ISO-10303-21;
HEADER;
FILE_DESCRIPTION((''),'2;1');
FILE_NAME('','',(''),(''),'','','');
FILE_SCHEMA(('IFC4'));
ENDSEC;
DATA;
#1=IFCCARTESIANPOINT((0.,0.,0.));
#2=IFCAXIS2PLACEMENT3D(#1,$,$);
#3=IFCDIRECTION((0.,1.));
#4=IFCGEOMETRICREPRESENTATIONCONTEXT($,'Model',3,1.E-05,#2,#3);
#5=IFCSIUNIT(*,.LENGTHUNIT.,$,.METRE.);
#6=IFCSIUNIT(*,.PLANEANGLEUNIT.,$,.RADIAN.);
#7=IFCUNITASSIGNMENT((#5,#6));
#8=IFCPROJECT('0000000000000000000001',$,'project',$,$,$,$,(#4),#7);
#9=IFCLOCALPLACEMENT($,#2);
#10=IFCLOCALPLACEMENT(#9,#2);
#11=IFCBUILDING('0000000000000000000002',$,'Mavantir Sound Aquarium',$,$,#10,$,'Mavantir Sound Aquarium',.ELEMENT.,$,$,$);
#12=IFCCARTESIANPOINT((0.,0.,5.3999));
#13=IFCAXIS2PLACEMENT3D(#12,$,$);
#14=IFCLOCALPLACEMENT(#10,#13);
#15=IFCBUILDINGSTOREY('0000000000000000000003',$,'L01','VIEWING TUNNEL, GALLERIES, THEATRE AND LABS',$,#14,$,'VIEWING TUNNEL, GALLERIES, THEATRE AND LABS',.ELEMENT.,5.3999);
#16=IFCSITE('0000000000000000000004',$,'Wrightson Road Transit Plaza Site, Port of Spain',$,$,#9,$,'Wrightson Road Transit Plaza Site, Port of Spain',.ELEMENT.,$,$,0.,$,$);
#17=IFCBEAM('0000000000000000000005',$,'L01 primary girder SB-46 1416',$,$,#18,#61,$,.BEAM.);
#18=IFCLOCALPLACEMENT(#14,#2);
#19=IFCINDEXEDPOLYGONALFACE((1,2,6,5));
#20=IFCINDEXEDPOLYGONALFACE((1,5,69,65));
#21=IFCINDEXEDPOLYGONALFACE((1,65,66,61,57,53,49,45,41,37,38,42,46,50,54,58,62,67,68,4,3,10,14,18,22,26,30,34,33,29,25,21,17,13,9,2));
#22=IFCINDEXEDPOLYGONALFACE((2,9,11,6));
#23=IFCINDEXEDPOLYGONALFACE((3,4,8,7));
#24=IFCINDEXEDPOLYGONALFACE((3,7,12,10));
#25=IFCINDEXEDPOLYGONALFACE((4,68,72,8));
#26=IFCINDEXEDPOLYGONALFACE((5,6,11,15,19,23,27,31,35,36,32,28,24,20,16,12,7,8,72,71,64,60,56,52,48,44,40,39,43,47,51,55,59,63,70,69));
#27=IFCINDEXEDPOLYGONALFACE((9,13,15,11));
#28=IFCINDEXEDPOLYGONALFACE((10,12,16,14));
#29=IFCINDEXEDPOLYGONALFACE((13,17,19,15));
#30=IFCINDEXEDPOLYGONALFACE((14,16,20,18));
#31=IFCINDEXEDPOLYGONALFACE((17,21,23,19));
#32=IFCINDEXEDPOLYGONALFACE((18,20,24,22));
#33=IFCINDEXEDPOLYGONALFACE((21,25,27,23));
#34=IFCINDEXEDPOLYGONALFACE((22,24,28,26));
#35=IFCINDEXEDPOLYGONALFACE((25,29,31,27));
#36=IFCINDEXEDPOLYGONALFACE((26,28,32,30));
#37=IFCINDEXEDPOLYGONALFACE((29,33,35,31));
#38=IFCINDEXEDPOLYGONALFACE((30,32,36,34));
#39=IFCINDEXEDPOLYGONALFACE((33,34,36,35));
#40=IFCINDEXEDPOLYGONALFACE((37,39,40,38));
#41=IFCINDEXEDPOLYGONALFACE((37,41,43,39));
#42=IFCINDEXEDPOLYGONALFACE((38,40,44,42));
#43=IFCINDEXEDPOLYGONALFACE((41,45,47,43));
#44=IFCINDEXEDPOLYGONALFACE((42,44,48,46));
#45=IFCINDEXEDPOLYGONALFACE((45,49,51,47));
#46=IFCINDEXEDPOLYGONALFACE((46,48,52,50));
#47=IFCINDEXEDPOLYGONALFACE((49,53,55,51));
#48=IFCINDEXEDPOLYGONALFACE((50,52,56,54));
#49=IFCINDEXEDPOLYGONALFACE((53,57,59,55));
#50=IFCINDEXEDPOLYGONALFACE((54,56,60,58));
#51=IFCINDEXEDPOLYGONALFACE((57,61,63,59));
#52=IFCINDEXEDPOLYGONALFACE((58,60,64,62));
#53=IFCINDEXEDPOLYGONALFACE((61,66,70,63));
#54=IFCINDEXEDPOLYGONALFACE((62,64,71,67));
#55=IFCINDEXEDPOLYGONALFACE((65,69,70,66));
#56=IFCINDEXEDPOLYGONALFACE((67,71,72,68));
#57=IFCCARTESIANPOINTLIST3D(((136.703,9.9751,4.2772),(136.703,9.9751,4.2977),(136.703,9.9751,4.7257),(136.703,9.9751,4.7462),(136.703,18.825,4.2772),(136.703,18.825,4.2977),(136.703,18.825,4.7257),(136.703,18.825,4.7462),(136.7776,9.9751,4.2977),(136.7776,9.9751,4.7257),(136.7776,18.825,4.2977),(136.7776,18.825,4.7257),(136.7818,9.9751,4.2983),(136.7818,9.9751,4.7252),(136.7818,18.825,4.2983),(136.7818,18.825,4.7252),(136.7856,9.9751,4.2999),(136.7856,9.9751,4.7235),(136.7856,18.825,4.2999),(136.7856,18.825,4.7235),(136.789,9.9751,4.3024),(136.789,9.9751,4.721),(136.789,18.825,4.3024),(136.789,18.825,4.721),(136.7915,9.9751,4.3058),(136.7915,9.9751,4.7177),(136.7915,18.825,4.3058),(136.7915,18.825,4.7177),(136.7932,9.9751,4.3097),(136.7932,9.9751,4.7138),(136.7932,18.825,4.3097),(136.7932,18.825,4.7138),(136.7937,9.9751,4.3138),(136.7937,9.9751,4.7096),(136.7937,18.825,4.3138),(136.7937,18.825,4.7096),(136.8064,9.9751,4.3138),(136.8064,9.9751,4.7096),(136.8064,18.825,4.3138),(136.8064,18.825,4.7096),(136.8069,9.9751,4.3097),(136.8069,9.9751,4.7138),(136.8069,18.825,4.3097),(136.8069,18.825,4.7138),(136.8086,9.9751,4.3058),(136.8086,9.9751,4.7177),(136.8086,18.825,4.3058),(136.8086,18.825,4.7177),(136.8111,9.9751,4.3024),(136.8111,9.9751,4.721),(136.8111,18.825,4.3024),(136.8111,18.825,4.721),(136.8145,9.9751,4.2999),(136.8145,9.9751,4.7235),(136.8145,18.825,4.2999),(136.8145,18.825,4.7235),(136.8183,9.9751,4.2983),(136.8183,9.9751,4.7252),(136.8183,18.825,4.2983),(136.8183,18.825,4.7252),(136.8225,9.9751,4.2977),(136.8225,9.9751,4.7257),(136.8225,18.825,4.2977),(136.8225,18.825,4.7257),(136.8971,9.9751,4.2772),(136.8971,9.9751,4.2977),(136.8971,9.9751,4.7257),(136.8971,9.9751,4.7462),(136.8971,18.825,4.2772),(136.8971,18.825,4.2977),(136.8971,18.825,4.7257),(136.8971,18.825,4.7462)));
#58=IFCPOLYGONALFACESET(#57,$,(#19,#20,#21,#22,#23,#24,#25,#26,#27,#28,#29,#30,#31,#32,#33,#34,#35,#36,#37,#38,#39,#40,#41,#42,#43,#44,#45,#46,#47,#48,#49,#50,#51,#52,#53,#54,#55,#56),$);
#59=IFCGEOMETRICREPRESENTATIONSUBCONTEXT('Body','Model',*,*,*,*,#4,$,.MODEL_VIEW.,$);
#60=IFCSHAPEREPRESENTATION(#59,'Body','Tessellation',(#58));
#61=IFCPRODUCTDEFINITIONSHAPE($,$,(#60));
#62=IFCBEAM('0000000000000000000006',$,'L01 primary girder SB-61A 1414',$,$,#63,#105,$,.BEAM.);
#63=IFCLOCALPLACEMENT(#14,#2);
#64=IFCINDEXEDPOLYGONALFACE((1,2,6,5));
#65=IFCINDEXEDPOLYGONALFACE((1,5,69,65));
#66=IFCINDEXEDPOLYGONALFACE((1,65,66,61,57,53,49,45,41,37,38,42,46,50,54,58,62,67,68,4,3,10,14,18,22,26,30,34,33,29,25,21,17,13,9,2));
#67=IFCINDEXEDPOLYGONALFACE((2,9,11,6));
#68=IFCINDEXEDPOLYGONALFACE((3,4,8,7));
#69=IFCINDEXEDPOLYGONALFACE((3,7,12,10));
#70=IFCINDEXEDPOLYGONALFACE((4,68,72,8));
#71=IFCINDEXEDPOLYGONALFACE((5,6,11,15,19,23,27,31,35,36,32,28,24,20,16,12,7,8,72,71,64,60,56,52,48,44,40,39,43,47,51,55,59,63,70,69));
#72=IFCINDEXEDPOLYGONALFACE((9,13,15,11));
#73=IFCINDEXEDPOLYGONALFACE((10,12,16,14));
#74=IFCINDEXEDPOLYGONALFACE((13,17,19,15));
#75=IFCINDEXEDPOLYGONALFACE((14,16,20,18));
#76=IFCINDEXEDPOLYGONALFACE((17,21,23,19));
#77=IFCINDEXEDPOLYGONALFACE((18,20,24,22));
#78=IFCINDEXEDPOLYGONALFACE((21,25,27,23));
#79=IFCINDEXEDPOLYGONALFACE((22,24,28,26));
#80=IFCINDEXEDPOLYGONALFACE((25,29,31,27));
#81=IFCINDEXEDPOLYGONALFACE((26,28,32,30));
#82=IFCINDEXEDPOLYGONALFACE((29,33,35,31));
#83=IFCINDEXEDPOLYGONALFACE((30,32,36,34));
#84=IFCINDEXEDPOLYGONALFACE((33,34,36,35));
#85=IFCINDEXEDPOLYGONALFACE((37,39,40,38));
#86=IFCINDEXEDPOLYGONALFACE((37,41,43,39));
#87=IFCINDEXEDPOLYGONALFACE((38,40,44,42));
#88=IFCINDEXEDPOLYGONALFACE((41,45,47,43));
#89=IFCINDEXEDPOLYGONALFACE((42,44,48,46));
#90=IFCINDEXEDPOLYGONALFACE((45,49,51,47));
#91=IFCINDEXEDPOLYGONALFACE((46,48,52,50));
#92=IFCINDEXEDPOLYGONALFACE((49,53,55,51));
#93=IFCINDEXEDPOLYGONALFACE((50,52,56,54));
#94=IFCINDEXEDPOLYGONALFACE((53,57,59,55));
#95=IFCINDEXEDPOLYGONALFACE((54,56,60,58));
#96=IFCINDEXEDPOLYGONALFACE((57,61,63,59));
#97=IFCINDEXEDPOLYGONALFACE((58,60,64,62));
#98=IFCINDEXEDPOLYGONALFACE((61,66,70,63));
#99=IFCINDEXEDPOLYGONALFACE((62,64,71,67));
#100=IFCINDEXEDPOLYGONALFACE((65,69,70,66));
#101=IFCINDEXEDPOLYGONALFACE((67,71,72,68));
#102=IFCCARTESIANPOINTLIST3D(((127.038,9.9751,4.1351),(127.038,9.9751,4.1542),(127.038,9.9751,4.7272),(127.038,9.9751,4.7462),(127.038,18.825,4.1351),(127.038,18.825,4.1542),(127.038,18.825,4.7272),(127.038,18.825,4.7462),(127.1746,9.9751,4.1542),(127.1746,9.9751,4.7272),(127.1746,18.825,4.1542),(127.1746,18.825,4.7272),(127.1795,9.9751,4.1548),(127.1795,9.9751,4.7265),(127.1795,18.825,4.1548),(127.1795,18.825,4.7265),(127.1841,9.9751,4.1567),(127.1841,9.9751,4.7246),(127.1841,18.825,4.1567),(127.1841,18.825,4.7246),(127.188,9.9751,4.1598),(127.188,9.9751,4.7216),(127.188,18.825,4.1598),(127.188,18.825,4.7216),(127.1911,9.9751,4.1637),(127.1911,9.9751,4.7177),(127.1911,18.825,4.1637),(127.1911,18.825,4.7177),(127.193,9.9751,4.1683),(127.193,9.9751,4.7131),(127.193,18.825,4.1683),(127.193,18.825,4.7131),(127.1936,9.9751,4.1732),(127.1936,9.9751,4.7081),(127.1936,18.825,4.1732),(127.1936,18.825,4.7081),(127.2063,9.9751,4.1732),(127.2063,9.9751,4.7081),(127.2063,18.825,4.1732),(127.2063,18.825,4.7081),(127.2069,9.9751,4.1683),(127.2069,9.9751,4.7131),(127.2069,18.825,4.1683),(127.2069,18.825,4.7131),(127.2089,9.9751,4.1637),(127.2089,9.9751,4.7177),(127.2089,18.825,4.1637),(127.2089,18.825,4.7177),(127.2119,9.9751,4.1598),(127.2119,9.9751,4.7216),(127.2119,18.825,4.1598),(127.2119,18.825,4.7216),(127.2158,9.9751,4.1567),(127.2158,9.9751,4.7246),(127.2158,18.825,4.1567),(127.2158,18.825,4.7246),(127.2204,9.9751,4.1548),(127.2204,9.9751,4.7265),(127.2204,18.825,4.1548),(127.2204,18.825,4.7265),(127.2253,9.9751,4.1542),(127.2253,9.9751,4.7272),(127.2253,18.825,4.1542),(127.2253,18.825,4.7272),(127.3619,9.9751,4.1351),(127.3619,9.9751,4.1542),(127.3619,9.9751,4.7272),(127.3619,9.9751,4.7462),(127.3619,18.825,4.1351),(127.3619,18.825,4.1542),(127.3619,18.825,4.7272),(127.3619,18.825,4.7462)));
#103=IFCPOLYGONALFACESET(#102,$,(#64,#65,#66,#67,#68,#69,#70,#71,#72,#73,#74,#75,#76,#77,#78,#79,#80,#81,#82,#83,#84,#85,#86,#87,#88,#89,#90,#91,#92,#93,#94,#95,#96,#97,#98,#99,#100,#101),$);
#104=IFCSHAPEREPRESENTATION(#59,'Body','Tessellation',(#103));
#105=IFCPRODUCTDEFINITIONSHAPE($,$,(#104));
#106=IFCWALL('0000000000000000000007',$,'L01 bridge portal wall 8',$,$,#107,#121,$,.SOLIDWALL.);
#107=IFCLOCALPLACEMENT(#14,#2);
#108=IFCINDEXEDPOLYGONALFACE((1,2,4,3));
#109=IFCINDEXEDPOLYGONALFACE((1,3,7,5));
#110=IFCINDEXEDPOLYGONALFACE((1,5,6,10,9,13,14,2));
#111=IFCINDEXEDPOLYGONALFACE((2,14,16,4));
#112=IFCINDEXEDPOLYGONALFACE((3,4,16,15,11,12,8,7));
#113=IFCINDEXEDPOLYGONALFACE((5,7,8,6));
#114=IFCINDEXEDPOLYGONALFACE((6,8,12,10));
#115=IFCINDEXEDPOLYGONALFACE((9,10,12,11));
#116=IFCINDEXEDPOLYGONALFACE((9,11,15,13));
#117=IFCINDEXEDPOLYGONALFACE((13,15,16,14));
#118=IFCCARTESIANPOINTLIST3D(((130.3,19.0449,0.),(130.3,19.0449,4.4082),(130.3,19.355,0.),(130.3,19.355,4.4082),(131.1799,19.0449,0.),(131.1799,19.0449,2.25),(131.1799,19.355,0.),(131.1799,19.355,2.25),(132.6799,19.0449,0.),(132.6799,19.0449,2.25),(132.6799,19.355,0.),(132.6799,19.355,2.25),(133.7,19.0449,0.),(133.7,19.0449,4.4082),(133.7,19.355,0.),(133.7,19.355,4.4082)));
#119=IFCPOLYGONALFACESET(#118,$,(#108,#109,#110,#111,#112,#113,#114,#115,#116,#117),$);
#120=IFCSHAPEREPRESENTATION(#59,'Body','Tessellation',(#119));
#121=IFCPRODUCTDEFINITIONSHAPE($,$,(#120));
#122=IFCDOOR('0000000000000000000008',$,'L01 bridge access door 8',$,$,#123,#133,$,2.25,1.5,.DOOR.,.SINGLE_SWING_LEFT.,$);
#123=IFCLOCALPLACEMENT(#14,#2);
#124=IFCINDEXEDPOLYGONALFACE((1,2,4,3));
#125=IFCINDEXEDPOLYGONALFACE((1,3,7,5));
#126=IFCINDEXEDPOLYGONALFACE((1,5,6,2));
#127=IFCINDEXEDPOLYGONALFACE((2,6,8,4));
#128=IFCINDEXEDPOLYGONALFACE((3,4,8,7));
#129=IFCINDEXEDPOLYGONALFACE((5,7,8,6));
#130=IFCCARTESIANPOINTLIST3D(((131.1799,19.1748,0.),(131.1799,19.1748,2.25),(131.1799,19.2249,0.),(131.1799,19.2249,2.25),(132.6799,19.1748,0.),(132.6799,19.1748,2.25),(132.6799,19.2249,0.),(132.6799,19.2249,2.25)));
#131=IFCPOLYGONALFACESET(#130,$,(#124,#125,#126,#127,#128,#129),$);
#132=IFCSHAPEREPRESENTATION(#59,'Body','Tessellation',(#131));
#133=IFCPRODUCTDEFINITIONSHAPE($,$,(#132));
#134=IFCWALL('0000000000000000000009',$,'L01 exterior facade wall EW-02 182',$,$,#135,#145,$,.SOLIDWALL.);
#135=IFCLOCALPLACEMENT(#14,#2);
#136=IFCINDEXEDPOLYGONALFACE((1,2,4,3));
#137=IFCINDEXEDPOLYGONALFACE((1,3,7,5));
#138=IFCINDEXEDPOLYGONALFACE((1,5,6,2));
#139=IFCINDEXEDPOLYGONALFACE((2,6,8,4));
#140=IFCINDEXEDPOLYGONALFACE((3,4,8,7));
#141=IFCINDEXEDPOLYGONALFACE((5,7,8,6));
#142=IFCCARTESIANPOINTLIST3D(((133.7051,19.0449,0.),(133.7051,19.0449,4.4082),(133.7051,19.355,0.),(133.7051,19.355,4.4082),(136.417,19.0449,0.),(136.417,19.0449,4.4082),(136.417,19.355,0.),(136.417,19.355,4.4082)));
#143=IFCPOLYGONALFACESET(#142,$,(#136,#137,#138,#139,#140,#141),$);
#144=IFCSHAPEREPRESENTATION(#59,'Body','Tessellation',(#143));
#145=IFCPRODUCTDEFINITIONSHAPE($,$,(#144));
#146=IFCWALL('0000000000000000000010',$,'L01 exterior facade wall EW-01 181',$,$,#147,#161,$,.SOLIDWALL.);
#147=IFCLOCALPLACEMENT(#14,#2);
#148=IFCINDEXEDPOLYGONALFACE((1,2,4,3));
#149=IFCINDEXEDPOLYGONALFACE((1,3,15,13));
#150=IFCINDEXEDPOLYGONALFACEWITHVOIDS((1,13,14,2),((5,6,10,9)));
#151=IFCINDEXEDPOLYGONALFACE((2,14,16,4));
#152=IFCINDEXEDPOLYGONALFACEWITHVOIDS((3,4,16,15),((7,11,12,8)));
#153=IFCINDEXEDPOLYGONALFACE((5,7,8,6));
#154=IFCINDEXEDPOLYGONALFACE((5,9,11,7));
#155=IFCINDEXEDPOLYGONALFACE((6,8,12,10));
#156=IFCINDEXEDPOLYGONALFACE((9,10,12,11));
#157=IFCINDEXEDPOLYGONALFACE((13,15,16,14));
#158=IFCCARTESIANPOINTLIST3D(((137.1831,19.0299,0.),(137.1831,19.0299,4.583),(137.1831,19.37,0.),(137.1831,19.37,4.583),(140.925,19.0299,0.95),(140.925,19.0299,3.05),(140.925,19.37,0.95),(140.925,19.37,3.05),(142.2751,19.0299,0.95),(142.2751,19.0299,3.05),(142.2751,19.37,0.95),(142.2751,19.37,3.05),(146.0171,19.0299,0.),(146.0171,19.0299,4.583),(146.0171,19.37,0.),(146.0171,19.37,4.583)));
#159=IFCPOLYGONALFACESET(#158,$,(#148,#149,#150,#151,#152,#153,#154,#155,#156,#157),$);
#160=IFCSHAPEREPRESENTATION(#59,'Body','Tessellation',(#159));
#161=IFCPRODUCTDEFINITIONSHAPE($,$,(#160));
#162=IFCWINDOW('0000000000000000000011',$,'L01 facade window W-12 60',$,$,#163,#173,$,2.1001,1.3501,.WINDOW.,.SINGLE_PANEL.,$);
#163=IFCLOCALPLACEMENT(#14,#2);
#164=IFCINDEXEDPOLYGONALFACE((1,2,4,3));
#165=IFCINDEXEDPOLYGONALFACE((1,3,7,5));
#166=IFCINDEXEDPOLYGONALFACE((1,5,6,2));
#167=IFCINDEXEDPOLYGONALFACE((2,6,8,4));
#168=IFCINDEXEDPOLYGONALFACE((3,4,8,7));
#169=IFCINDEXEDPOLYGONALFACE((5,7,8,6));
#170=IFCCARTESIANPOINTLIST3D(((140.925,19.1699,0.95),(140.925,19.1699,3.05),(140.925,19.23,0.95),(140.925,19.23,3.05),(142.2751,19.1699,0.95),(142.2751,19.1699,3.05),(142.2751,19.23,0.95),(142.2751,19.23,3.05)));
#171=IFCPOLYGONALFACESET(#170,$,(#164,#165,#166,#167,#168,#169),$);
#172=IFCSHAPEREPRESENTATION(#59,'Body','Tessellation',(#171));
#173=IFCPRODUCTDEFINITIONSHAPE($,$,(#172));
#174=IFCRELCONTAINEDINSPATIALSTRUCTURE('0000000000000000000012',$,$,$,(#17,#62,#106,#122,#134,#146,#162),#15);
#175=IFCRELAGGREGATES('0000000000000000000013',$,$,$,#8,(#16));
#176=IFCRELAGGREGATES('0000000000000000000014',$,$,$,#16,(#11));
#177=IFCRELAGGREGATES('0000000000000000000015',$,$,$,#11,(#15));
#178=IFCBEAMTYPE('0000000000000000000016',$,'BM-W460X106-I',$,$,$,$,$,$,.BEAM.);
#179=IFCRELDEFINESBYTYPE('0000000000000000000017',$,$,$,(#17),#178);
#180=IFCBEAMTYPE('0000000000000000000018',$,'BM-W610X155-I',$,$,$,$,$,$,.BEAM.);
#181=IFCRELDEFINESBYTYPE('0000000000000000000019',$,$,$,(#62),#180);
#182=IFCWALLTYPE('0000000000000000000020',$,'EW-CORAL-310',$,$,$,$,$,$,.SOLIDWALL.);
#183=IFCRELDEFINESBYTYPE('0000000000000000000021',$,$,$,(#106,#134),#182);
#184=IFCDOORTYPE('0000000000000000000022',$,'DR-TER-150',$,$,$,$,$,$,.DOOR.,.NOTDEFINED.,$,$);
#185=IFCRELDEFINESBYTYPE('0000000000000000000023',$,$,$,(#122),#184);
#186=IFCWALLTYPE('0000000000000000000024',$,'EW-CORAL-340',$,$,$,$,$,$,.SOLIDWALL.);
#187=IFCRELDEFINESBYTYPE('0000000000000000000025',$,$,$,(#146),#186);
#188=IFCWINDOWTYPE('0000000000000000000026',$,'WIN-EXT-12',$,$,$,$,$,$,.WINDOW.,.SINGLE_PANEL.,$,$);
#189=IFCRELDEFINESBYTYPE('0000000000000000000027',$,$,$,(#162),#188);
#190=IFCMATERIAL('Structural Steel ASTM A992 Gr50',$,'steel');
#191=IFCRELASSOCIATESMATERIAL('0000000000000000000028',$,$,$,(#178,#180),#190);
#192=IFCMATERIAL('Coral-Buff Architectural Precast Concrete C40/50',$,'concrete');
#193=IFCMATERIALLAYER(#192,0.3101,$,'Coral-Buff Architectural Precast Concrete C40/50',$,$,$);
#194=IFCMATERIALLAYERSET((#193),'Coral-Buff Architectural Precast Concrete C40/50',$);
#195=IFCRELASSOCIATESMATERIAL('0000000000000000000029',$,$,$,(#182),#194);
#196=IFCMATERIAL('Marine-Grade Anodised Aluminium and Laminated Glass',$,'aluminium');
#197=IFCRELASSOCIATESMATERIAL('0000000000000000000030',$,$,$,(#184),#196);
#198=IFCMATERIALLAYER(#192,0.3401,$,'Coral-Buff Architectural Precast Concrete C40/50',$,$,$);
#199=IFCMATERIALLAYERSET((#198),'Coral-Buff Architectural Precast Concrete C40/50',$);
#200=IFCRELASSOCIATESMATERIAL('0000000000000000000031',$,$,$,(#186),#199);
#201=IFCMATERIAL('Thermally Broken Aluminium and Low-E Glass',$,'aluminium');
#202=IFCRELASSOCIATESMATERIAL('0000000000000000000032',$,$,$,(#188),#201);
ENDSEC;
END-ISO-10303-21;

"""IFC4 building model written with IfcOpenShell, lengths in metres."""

from ifc_helpers import new_model, si_unit, direction, frame, frame_2d, origin, origin_2d, place, context, subcontext, project, spatial, rectangle, i_section, extrude, material, layer, layer_set, material_profile, profile_set, type_object, element, fill, save


model = new_model("IFC4")

# Units and contexts
model_context = context("Model", 3, precision=1e-05, world=origin(), true_north=direction((0.0, 1.0)))
body_context = subcontext(model_context, "Body", "Model", "MODEL_VIEW")
ifc_project = project(units=[si_unit("LENGTHUNIT", "METRE"), si_unit("PLANEANGLEUNIT", "RADIAN")], contexts=[model_context])

# Site, building, storey
site_placement = place(None, origin())
site = spatial("IfcSite", under=ifc_project, at=site_placement, Name="Wrightson Road Transit Plaza Site, Port of Spain", LongName="Wrightson Road Transit Plaza Site, Port of Spain", CompositionType="ELEMENT", RefElevation=0.0)
building_placement = place(site_placement, origin())
building = spatial("IfcBuilding", under=site, at=building_placement, Name="Mavantir Sound Aquarium", LongName="Mavantir Sound Aquarium", CompositionType="ELEMENT")
storey_placement = place(building_placement, frame((0.0, 0.0, 5.3999)))
storey = spatial("IfcBuildingStorey", under=building, at=storey_placement, Name="L01", Description="VIEWING TUNNEL, GALLERIES, THEATRE AND LABS", LongName="VIEWING TUNNEL, GALLERIES, THEATRE AND LABS", CompositionType="ELEMENT", Elevation=5.3999)

# Beams
ifc_material_1 = material(Name="Structural Steel ASTM A992 Gr50", Category="steel")
ifc_material_profile_1 = material_profile(ifc_material_1, i_section(OverallWidth=0.1941, OverallDepth=0.469, WebThickness=0.0127, FlangeThickness=0.0205, FilletRadius=0.0161, at=origin_2d()), Name="W460X106")
ifc_profile_set_1 = profile_set([ifc_material_profile_1], Name="Structural Steel ASTM A992 Gr50")
beam_type_1 = type_object("IfcBeamType", Name="BM-W460X106-I", PredefinedType="BEAM", material=ifc_profile_set_1)
beam_1_placement = place(storey_placement, frame((136.8, 9.9751, 4.5117), z_axis=(0.0, 1.0, 0.0), x_axis=(-1.0, 0.0, 0.0)))
element("IfcBeam", 1, at=beam_1_placement, inside=storey, type_object=beam_type_1, Name="L01 primary girder SB-46 1416", PredefinedType="BEAM", context=body_context, shape_type="SweptSolid", body=[
    extrude(i_section(OverallWidth=0.1941, OverallDepth=0.469, WebThickness=0.0127, FlangeThickness=0.0205, FilletRadius=0.0161, at=origin_2d()), origin(), (0.0, 0.0, 1.0), 8.8499),
])
ifc_material_profile_2 = material_profile(ifc_material_1, i_section(OverallWidth=0.324, OverallDepth=0.6111, WebThickness=0.0127, FlangeThickness=0.019, FilletRadius=0.019, at=origin_2d()), Name="W610X155")
ifc_profile_set_2 = profile_set([ifc_material_profile_2], Name="Structural Steel ASTM A992 Gr50")
beam_type_2 = type_object("IfcBeamType", Name="BM-W610X155-I", PredefinedType="BEAM", material=ifc_profile_set_2)
beam_2_placement = place(storey_placement, frame((127.2, 9.9751, 4.4407), z_axis=(0.0, 1.0, 0.0), x_axis=(-1.0, 0.0, 0.0)))
element("IfcBeam", 2, at=beam_2_placement, inside=storey, type_object=beam_type_2, Name="L01 primary girder SB-61A 1414", PredefinedType="BEAM", context=body_context, shape_type="SweptSolid", body=[
    extrude(i_section(OverallWidth=0.324, OverallDepth=0.6111, WebThickness=0.0127, FlangeThickness=0.019, FilletRadius=0.019, at=origin_2d()), origin(), (0.0, 0.0, 1.0), 8.8499),
])

# Wall, opening, door
ifc_material_2 = material(Name="Coral-Buff Architectural Precast Concrete C40/50", Category="concrete")
ifc_layer_1 = layer(ifc_material_2, 0.3101, Name="Coral-Buff Architectural Precast Concrete C40/50")
ifc_layer_set_1 = layer_set([ifc_layer_1], Name="Coral-Buff Architectural Precast Concrete C40/50")
wall_type_1 = type_object("IfcWallType", Name="EW-CORAL-310", PredefinedType="SOLIDWALL", material=ifc_layer_set_1)
wall_1_placement = place(storey_placement, frame((133.7, 19.2, 0.0), z_axis=(0.0, 0.0, 1.0), x_axis=(-1.0, 0.0, 0.0)))
wall_1 = element("IfcWall", 3, at=wall_1_placement, inside=storey, type_object=wall_type_1, Name="L01 bridge portal wall 8", PredefinedType="SOLIDWALL", context=body_context, shape_type="SweptSolid", body=[
    extrude(rectangle(XDim=3.3999, YDim=0.3101, at=frame_2d((1.7, 0.0))), origin(), (0.0, 0.0, 1.0), 4.4082),
])
opening_1_placement = place(wall_1_placement, frame((2.52, 0.0, 0.0), z_axis=(0.0, 0.0, 1.0), x_axis=(-1.0, 0.0, 0.0)))
opening_1 = element("IfcOpeningElement", 4, at=opening_1_placement, cuts=wall_1, PredefinedType="OPENING", context=body_context, shape_type="SweptSolid", body=[
    extrude(rectangle(XDim=1.5, YDim=2.25, at=frame_2d((0.75, 1.125))), frame((0.0, 0.165, 0.0), z_axis=(0.0, -1.0, 0.0), x_axis=(1.0, 0.0, 0.0)), (0.0, 0.0, 1.0), 0.3301),
])
ifc_material_3 = material(Name="Marine-Grade Anodised Aluminium and Laminated Glass", Category="aluminium")
door_type = type_object("IfcDoorType", Name="DR-TER-150", OperationType="NOTDEFINED", PredefinedType="DOOR", material=ifc_material_3)
door_placement = place(opening_1_placement, origin())
door = element("IfcDoor", 5, at=door_placement, inside=storey, type_object=door_type, Name="L01 bridge access door 8", OperationType="SINGLE_SWING_LEFT", OverallHeight=2.25, OverallWidth=1.5, PredefinedType="DOOR", context=body_context, shape_type="SweptSolid", body=[
    extrude(rectangle(XDim=1.5, YDim=2.25, at=frame_2d((0.75, 1.125))), frame((0.0, 0.0249, 0.0), z_axis=(0.0, -1.0, 0.0), x_axis=(1.0, 0.0, 0.0)), (0.0, 0.0, 1.0), 0.05),
])
fill(opening_1, door)

# Wall
wall_2_placement = place(storey_placement, frame((136.417, 19.2, 0.0), z_axis=(0.0, 0.0, 1.0), x_axis=(-1.0, 0.0, 0.0)))
element("IfcWall", 6, at=wall_2_placement, inside=storey, type_object=wall_type_1, Name="L01 exterior facade wall EW-02 182", PredefinedType="SOLIDWALL", context=body_context, shape_type="SweptSolid", body=[
    extrude(rectangle(XDim=2.7119, YDim=0.3101, at=frame_2d((1.356, 0.0))), origin(), (0.0, 0.0, 1.0), 4.4082),
])

# Wall, opening, window
ifc_layer_2 = layer(ifc_material_2, 0.3401, Name="Coral-Buff Architectural Precast Concrete C40/50")
ifc_layer_set_2 = layer_set([ifc_layer_2], Name="Coral-Buff Architectural Precast Concrete C40/50")
wall_type_2 = type_object("IfcWallType", Name="EW-CORAL-340", PredefinedType="SOLIDWALL", material=ifc_layer_set_2)
wall_3_placement = place(storey_placement, frame((146.0171, 19.2, 0.0), z_axis=(0.0, 0.0, 1.0), x_axis=(-1.0, 0.0, 0.0)))
wall_3 = element("IfcWall", 7, at=wall_3_placement, inside=storey, type_object=wall_type_2, Name="L01 exterior facade wall EW-01 181", PredefinedType="SOLIDWALL", context=body_context, shape_type="SweptSolid", body=[
    extrude(rectangle(XDim=8.834, YDim=0.3401, at=frame_2d((4.417, 0.0))), origin(), (0.0, 0.0, 1.0), 4.583),
])
opening_2_placement = place(wall_3_placement, frame((3.7419, 0.0, 0.95)))
opening_2 = element("IfcOpeningElement", 8, at=opening_2_placement, cuts=wall_3, PredefinedType="OPENING", context=body_context, shape_type="SweptSolid", body=[
    extrude(rectangle(XDim=1.3501, YDim=2.1001, at=frame_2d((0.675, 1.05))), frame((0.0, 0.1802, 0.0), z_axis=(0.0, -1.0, 0.0), x_axis=(1.0, 0.0, 0.0)), (0.0, 0.0, 1.0), 0.3601),
])
ifc_material_4 = material(Name="Thermally Broken Aluminium and Low-E Glass", Category="aluminium")
window_type_1 = type_object("IfcWindowType", Name="WIN-EXT-12", PartitioningType="SINGLE_PANEL", PredefinedType="WINDOW", material=ifc_material_4)
window_1_placement = place(opening_2_placement, origin())
window_1 = element("IfcWindow", 9, at=window_1_placement, inside=storey, type_object=window_type_1, Name="L01 facade window W-12 60", OverallHeight=2.1001, OverallWidth=1.3501, PartitioningType="SINGLE_PANEL", PredefinedType="WINDOW", context=body_context, shape_type="SweptSolid", body=[
    extrude(rectangle(XDim=1.3501, YDim=2.1001, at=frame_2d((0.675, 1.05))), frame((0.0, 0.03, 0.0), z_axis=(0.0, -1.0, 0.0), x_axis=(1.0, 0.0, 0.0)), (0.0, 0.0, 1.0), 0.0601),
])
fill(opening_2, window_1)

save(model, "model.ifc")
